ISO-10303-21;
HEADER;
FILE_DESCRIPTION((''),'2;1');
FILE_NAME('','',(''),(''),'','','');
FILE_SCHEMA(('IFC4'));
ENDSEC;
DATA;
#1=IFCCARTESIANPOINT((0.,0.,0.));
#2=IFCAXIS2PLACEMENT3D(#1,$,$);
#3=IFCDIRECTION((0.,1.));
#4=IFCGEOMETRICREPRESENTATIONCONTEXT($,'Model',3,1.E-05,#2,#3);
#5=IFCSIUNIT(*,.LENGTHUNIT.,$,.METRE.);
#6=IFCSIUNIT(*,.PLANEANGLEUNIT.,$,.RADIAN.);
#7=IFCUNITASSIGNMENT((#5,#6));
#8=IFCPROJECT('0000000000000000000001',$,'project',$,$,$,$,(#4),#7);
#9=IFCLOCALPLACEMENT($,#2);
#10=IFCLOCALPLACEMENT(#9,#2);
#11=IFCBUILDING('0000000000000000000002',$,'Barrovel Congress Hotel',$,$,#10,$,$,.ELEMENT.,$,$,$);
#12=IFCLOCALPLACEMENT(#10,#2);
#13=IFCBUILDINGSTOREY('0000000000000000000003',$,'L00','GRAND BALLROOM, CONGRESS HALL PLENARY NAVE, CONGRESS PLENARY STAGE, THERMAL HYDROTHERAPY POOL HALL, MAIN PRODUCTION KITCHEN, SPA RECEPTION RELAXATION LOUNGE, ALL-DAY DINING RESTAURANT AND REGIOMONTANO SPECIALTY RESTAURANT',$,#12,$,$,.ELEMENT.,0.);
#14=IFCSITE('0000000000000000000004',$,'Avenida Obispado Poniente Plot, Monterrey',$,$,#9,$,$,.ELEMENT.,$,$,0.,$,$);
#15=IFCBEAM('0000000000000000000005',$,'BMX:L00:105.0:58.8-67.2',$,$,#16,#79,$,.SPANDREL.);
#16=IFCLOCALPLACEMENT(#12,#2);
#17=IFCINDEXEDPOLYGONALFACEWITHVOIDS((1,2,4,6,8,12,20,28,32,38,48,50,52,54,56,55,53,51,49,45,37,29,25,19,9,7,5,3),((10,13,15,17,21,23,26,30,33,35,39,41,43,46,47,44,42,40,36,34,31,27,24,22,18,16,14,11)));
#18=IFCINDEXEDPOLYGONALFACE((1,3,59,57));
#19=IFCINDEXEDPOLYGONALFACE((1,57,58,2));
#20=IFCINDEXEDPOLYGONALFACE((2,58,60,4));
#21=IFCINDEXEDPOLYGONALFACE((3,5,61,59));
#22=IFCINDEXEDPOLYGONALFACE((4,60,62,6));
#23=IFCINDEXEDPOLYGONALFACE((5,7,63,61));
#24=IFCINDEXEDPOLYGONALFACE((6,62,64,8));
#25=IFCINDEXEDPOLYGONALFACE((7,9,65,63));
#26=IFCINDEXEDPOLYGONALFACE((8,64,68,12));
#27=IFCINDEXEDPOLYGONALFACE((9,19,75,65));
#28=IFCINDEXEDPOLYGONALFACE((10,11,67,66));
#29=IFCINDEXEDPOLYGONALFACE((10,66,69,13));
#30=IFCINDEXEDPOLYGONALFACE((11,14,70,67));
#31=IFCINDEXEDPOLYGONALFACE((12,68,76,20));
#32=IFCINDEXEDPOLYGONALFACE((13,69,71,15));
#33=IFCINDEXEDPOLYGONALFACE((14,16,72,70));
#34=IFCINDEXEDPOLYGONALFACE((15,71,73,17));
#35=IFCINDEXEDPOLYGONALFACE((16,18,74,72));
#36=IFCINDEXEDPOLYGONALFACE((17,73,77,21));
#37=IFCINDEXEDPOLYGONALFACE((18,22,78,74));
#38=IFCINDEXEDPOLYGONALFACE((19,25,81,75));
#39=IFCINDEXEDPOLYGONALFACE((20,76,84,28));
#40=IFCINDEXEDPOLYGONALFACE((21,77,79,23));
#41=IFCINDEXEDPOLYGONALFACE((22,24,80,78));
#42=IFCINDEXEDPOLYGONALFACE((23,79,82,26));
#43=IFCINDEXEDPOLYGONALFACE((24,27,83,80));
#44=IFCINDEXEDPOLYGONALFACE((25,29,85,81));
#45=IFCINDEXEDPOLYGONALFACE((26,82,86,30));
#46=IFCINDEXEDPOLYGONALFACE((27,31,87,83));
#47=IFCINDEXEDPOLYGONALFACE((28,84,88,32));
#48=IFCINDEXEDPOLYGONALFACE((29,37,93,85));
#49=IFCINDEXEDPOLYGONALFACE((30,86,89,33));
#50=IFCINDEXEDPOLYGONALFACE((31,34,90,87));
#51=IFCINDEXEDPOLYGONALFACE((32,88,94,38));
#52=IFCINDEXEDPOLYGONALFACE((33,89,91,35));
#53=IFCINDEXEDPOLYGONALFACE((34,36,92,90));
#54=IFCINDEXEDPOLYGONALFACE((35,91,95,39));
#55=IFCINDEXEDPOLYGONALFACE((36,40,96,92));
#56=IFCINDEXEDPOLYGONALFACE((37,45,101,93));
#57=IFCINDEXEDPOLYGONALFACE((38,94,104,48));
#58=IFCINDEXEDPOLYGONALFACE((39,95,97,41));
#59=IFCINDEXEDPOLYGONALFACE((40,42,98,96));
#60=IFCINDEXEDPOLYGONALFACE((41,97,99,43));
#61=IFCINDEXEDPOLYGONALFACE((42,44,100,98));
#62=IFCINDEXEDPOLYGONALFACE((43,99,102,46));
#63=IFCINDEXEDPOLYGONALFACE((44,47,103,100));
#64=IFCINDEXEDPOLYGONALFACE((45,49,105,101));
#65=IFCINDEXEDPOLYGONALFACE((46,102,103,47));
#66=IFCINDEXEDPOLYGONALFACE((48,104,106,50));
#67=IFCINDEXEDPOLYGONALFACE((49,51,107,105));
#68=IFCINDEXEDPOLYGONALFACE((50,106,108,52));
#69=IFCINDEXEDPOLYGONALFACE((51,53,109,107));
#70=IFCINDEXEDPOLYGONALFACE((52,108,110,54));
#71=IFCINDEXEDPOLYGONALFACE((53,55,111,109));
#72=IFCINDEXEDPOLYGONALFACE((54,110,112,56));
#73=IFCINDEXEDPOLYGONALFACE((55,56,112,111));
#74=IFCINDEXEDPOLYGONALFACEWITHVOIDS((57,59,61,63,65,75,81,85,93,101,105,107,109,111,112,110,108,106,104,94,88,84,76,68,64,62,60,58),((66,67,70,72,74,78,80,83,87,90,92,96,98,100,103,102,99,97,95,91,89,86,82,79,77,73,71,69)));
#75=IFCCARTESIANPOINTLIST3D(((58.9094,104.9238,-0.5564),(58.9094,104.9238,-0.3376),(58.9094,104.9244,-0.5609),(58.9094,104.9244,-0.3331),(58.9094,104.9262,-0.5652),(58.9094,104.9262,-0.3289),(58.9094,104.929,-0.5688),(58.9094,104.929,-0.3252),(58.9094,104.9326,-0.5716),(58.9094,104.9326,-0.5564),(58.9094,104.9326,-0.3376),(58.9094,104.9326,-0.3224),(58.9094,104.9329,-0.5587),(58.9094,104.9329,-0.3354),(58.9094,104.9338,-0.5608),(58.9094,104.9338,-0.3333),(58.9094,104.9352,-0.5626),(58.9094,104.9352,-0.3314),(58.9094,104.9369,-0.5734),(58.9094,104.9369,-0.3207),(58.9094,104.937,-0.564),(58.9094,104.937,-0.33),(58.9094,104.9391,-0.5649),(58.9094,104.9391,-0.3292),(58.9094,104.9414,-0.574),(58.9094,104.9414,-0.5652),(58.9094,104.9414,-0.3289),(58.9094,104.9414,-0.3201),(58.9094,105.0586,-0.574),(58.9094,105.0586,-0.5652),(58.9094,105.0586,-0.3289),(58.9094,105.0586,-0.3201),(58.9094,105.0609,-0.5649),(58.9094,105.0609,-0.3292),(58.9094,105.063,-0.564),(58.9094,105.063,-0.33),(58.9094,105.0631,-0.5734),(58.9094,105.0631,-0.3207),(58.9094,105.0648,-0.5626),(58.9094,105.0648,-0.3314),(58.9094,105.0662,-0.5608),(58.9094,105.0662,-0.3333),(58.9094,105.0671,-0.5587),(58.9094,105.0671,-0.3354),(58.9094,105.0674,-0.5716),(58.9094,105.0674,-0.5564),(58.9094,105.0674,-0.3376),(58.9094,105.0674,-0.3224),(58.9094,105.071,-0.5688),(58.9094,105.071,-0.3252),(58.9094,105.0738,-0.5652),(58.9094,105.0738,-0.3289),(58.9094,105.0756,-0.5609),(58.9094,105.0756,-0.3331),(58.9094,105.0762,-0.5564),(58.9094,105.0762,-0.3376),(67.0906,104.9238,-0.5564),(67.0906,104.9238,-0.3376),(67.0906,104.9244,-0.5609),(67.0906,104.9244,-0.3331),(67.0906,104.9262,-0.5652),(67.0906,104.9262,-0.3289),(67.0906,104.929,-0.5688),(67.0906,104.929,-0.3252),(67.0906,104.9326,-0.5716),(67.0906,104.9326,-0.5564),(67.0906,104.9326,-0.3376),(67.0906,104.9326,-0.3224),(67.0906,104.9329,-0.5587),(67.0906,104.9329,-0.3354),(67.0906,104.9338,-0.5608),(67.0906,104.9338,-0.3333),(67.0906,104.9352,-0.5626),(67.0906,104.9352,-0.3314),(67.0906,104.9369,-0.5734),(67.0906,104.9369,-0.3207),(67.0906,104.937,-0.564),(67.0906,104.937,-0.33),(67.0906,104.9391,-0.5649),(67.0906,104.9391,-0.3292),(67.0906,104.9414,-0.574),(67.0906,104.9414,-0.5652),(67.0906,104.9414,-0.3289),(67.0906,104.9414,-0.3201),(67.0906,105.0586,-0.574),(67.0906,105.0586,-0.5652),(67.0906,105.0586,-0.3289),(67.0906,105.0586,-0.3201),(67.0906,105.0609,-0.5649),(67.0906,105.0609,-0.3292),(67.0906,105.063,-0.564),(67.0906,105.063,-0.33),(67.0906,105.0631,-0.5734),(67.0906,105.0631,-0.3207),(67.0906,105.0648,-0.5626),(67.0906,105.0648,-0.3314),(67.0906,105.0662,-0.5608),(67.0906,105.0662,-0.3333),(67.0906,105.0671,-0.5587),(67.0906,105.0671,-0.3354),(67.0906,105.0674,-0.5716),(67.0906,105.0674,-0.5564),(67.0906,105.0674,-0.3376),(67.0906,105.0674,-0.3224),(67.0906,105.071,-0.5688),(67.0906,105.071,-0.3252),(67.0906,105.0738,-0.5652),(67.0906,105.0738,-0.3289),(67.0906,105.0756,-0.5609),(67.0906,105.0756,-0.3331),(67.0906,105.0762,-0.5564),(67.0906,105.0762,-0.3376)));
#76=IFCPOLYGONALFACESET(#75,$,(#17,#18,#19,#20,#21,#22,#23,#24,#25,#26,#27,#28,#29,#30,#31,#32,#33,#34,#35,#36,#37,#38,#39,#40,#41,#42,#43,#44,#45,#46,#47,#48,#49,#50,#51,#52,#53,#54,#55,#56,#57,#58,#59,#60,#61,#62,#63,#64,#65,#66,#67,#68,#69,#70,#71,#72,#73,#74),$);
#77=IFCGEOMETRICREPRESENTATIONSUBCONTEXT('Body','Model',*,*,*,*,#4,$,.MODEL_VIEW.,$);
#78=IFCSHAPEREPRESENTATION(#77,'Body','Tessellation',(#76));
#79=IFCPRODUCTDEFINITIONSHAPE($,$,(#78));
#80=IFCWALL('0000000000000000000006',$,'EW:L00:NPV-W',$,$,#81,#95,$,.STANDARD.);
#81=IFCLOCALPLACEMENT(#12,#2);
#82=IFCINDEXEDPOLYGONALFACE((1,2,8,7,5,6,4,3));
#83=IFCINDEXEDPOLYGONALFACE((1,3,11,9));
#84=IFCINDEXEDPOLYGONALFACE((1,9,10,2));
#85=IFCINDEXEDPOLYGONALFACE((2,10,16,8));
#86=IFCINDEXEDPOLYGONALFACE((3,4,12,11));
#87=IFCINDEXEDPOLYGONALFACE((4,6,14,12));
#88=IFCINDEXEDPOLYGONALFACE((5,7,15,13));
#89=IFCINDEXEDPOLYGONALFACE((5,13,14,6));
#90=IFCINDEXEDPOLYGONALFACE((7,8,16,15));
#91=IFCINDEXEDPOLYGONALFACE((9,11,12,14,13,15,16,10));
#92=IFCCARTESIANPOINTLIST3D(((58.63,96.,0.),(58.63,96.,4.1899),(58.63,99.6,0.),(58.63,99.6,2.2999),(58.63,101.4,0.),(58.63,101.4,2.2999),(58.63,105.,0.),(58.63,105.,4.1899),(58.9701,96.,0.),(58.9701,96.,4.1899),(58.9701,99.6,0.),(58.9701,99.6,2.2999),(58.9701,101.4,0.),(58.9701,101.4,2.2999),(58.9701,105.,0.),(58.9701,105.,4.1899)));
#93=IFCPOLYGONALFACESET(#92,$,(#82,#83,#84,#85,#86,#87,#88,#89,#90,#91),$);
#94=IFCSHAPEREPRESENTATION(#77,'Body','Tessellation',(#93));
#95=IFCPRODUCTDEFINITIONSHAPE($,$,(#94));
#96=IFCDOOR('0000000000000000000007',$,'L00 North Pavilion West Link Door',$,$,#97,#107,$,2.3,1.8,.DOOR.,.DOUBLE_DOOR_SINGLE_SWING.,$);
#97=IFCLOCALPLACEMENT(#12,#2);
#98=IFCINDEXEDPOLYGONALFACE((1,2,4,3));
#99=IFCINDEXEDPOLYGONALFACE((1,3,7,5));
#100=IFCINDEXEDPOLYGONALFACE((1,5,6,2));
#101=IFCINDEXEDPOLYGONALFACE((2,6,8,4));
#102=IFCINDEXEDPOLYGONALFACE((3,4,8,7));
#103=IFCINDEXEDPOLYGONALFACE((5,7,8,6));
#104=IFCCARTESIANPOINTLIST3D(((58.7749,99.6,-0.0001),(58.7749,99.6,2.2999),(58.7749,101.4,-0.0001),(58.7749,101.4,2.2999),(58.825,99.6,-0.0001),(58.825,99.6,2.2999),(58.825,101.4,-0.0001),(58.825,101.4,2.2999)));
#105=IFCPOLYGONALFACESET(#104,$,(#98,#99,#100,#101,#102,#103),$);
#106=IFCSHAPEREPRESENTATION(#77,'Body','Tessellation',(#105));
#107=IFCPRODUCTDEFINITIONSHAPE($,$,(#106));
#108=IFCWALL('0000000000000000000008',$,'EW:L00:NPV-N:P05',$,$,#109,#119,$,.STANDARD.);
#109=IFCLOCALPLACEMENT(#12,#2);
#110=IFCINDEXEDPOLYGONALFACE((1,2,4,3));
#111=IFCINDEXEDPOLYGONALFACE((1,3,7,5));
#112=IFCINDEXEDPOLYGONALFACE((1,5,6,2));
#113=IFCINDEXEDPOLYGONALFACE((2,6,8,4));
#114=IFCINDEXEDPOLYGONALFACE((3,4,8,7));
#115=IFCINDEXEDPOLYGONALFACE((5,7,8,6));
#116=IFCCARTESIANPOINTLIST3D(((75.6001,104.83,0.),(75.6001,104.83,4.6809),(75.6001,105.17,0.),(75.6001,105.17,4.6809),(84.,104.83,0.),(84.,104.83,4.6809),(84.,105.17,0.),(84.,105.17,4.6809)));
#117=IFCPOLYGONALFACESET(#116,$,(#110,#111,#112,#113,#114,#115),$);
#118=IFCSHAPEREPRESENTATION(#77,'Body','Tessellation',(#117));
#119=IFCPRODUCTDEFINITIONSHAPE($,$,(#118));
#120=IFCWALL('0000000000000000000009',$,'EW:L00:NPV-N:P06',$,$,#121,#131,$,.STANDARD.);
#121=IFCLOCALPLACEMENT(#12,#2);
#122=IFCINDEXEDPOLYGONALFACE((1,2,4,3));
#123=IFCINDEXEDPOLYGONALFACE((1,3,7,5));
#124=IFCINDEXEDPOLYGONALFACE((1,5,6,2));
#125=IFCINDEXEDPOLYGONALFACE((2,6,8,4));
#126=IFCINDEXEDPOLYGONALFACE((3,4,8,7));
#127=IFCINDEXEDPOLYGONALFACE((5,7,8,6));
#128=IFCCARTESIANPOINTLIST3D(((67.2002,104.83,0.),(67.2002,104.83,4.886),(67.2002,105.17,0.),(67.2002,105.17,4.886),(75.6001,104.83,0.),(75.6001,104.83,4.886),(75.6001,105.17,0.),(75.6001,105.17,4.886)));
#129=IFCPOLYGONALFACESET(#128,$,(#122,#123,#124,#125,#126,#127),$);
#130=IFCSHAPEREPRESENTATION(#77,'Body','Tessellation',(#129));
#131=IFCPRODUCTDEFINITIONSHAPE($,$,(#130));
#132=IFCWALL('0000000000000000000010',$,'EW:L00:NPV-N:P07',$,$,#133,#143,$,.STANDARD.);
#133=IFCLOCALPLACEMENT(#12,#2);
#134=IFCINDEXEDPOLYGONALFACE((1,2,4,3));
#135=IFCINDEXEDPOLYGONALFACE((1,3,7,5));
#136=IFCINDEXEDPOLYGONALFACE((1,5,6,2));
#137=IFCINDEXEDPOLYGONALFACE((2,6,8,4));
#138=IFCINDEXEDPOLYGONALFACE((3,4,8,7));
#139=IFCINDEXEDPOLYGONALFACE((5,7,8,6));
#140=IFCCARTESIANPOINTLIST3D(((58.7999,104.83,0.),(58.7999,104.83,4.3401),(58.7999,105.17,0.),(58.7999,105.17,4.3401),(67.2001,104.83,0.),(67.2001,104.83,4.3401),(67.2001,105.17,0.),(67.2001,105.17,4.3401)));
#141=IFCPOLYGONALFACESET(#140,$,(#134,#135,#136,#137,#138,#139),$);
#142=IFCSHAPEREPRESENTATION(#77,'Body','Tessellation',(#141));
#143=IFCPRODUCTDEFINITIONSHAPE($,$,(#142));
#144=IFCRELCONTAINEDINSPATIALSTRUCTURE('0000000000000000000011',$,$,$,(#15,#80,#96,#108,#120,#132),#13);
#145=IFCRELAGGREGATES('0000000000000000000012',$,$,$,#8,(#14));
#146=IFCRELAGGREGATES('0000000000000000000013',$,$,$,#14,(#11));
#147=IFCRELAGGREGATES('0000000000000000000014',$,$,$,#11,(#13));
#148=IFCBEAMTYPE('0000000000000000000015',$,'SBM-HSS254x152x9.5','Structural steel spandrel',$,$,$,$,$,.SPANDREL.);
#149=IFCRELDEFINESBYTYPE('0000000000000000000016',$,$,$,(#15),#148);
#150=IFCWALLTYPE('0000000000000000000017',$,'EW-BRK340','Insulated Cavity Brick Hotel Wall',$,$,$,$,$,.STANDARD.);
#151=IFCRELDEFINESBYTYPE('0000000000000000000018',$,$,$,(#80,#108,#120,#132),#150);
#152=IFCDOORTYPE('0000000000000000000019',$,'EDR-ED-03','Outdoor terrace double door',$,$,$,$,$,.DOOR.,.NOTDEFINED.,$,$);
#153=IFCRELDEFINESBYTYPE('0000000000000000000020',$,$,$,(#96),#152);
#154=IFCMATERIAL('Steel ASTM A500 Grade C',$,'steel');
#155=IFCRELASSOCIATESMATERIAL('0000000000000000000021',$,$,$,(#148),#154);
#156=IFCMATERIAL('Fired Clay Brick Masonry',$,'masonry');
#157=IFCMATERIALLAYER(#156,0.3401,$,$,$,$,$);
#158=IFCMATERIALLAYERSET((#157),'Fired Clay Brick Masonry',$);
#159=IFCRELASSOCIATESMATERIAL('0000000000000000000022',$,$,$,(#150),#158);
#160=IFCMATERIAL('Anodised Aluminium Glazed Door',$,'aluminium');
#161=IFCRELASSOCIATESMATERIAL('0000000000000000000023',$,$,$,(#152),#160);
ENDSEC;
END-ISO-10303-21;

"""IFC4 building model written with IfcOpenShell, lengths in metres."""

from ifc_helpers import new_model, si_unit, direction, frame, frame_2d, origin, origin_2d, place, context, subcontext, project, spatial, rectangle, hollow_rectangle, extrude, material, layer, layer_set, material_profile, profile_set, type_object, element, fill, save


model = new_model("IFC4")

# Units and contexts
model_context = context("Model", 3, precision=1e-05, world=origin(), true_north=direction((0.0, 1.0)))
body_context = subcontext(model_context, "Body", "Model", "MODEL_VIEW")
ifc_project = project(units=[si_unit("LENGTHUNIT", "METRE"), si_unit("PLANEANGLEUNIT", "RADIAN")], contexts=[model_context])

# Site, building, storey
site_placement = place(None, origin())
site = spatial("IfcSite", under=ifc_project, at=site_placement, Name="Avenida Obispado Poniente Plot, Monterrey", CompositionType="ELEMENT", RefElevation=0.0)
building_placement = place(site_placement, origin())
building = spatial("IfcBuilding", under=site, at=building_placement, Name="Barrovel Congress Hotel", CompositionType="ELEMENT")
storey_placement = place(building_placement, origin())
storey = spatial("IfcBuildingStorey", under=building, at=storey_placement, Name="L00", Description="GRAND BALLROOM, CONGRESS HALL PLENARY NAVE, CONGRESS PLENARY STAGE, THERMAL HYDROTHERAPY POOL HALL, MAIN PRODUCTION KITCHEN, SPA RECEPTION RELAXATION LOUNGE, ALL-DAY DINING RESTAURANT AND REGIOMONTANO SPECIALTY RESTAURANT", CompositionType="ELEMENT", Elevation=0.0)

# Shared definitions
ifc_material_1 = material(Name="Steel ASTM A500 Grade C", Category="steel")

# Beam
ifc_material_profile_1 = material_profile(ifc_material_1, hollow_rectangle(XDim=0.1523, YDim=0.2539, WallThickness=0.0088, InnerFilletRadius=0.0088, OuterFilletRadius=0.0176, at=origin_2d()), Name="HSS254x152x9.5")
ifc_profile_set_1 = profile_set([ifc_material_profile_1], Name="Steel ASTM A500 Grade C")
beam_type_1 = type_object("IfcBeamType", Name="SBM-HSS254x152x9.5", Description="Structural steel spandrel", PredefinedType="SPANDREL", material=ifc_profile_set_1)
beam_1_placement = place(storey_placement, frame((58.9094, 105.0, -0.447), z_axis=(1.0, 0.0, 0.0), x_axis=(0.0, 1.0, 0.0)))
element("IfcBeam", 1, at=beam_1_placement, inside=storey, type_object=beam_type_1, Name="BMX:L00:105.0:58.8-67.2", PredefinedType="SPANDREL", context=body_context, shape_type="SweptSolid", body=[
    extrude(hollow_rectangle(XDim=0.1523, YDim=0.2539, WallThickness=0.0088, InnerFilletRadius=0.0088, OuterFilletRadius=0.0176, at=origin_2d()), origin(), (0.0, 0.0, 1.0), 8.1812),
])

# Wall, opening, door
ifc_material_2 = material(Name="Fired Clay Brick Masonry", Category="masonry")
ifc_layer_1 = layer(ifc_material_2, 0.3401)
ifc_layer_set_1 = layer_set([ifc_layer_1], Name="Fired Clay Brick Masonry")
wall_type_1 = type_object("IfcWallType", Name="EW-BRK340", Description="Insulated Cavity Brick Hotel Wall", PredefinedType="STANDARD", material=ifc_layer_set_1)
wall_1_placement = place(storey_placement, frame((58.8, 105.0, 0.0), z_axis=(0.0, 0.0, 1.0), x_axis=(0.0, -1.0, 0.0)))
wall_1 = element("IfcWall", 2, at=wall_1_placement, inside=storey, type_object=wall_type_1, Name="EW:L00:NPV-W", PredefinedType="STANDARD", context=body_context, shape_type="SweptSolid", body=[
    extrude(rectangle(XDim=9.0, YDim=0.3401, at=frame_2d((4.5, 0.0))), origin(), (0.0, 0.0, 1.0), 4.1899),
])
opening_1_placement = place(wall_1_placement, frame((3.6001, 0.0, 0.0)))
opening_1 = element("IfcOpeningElement", 3, at=opening_1_placement, cuts=wall_1, PredefinedType="OPENING", context=body_context, shape_type="SweptSolid", body=[
    extrude(rectangle(XDim=1.8, YDim=2.3, at=frame_2d((0.8999, 1.1499))), frame((0.0, 0.1802, 0.0), z_axis=(0.0, -1.0, 0.0), x_axis=(1.0, 0.0, 0.0)), (0.0, 0.0, 1.0), 0.3601),
])
ifc_material_3 = material(Name="Anodised Aluminium Glazed Door", Category="aluminium")
door_type_1 = type_object("IfcDoorType", Name="EDR-ED-03", Description="Outdoor terrace double door", OperationType="NOTDEFINED", PredefinedType="DOOR", material=ifc_material_3)
door_1_placement = place(opening_1_placement, origin())
door_1 = element("IfcDoor", 4, at=door_1_placement, inside=storey, type_object=door_type_1, Name="L00 North Pavilion West Link Door", OperationType="DOUBLE_DOOR_SINGLE_SWING", OverallHeight=2.3, OverallWidth=1.8, PredefinedType="DOOR", context=body_context, shape_type="SweptSolid", body=[
    extrude(rectangle(XDim=1.8, YDim=2.3, at=frame_2d((0.8999, 1.1499))), frame((0.0, 0.0249, 0.0), z_axis=(0.0, -1.0, 0.0), x_axis=(1.0, 0.0, 0.0)), (0.0, 0.0, 1.0), 0.05),
])
fill(opening_1, door_1)

# Walls
wall_2_placement = place(storey_placement, frame((84.0, 105.0, 0.0), z_axis=(0.0, 0.0, 1.0), x_axis=(-1.0, 0.0, 0.0)))
element("IfcWall", 5, at=wall_2_placement, inside=storey, type_object=wall_type_1, Name="EW:L00:NPV-N:P05", PredefinedType="STANDARD", context=body_context, shape_type="SweptSolid", body=[
    extrude(rectangle(XDim=8.3999, YDim=0.3401, at=frame_2d((4.2, 0.0))), origin(), (0.0, 0.0, 1.0), 4.6809),
])
wall_3_placement = place(storey_placement, frame((75.6001, 105.0, 0.0), z_axis=(0.0, 0.0, 1.0), x_axis=(-1.0, 0.0, 0.0)))
element("IfcWall", 6, at=wall_3_placement, inside=storey, type_object=wall_type_1, Name="EW:L00:NPV-N:P06", PredefinedType="STANDARD", context=body_context, shape_type="SweptSolid", body=[
    extrude(rectangle(XDim=8.3999, YDim=0.3401, at=frame_2d((4.2, 0.0))), origin(), (0.0, 0.0, 1.0), 4.886),
])
wall_4_placement = place(storey_placement, frame((67.2002, 105.0, 0.0), z_axis=(0.0, 0.0, 1.0), x_axis=(-1.0, 0.0, 0.0)))
element("IfcWall", 7, at=wall_4_placement, inside=storey, type_object=wall_type_1, Name="EW:L00:NPV-N:P07", PredefinedType="STANDARD", context=body_context, shape_type="SweptSolid", body=[
    extrude(rectangle(XDim=8.4001, YDim=0.3401, at=frame_2d((4.2002, 0.0))), origin(), (0.0, 0.0, 1.0), 4.3401),
])

save(model, "model.ifc")
